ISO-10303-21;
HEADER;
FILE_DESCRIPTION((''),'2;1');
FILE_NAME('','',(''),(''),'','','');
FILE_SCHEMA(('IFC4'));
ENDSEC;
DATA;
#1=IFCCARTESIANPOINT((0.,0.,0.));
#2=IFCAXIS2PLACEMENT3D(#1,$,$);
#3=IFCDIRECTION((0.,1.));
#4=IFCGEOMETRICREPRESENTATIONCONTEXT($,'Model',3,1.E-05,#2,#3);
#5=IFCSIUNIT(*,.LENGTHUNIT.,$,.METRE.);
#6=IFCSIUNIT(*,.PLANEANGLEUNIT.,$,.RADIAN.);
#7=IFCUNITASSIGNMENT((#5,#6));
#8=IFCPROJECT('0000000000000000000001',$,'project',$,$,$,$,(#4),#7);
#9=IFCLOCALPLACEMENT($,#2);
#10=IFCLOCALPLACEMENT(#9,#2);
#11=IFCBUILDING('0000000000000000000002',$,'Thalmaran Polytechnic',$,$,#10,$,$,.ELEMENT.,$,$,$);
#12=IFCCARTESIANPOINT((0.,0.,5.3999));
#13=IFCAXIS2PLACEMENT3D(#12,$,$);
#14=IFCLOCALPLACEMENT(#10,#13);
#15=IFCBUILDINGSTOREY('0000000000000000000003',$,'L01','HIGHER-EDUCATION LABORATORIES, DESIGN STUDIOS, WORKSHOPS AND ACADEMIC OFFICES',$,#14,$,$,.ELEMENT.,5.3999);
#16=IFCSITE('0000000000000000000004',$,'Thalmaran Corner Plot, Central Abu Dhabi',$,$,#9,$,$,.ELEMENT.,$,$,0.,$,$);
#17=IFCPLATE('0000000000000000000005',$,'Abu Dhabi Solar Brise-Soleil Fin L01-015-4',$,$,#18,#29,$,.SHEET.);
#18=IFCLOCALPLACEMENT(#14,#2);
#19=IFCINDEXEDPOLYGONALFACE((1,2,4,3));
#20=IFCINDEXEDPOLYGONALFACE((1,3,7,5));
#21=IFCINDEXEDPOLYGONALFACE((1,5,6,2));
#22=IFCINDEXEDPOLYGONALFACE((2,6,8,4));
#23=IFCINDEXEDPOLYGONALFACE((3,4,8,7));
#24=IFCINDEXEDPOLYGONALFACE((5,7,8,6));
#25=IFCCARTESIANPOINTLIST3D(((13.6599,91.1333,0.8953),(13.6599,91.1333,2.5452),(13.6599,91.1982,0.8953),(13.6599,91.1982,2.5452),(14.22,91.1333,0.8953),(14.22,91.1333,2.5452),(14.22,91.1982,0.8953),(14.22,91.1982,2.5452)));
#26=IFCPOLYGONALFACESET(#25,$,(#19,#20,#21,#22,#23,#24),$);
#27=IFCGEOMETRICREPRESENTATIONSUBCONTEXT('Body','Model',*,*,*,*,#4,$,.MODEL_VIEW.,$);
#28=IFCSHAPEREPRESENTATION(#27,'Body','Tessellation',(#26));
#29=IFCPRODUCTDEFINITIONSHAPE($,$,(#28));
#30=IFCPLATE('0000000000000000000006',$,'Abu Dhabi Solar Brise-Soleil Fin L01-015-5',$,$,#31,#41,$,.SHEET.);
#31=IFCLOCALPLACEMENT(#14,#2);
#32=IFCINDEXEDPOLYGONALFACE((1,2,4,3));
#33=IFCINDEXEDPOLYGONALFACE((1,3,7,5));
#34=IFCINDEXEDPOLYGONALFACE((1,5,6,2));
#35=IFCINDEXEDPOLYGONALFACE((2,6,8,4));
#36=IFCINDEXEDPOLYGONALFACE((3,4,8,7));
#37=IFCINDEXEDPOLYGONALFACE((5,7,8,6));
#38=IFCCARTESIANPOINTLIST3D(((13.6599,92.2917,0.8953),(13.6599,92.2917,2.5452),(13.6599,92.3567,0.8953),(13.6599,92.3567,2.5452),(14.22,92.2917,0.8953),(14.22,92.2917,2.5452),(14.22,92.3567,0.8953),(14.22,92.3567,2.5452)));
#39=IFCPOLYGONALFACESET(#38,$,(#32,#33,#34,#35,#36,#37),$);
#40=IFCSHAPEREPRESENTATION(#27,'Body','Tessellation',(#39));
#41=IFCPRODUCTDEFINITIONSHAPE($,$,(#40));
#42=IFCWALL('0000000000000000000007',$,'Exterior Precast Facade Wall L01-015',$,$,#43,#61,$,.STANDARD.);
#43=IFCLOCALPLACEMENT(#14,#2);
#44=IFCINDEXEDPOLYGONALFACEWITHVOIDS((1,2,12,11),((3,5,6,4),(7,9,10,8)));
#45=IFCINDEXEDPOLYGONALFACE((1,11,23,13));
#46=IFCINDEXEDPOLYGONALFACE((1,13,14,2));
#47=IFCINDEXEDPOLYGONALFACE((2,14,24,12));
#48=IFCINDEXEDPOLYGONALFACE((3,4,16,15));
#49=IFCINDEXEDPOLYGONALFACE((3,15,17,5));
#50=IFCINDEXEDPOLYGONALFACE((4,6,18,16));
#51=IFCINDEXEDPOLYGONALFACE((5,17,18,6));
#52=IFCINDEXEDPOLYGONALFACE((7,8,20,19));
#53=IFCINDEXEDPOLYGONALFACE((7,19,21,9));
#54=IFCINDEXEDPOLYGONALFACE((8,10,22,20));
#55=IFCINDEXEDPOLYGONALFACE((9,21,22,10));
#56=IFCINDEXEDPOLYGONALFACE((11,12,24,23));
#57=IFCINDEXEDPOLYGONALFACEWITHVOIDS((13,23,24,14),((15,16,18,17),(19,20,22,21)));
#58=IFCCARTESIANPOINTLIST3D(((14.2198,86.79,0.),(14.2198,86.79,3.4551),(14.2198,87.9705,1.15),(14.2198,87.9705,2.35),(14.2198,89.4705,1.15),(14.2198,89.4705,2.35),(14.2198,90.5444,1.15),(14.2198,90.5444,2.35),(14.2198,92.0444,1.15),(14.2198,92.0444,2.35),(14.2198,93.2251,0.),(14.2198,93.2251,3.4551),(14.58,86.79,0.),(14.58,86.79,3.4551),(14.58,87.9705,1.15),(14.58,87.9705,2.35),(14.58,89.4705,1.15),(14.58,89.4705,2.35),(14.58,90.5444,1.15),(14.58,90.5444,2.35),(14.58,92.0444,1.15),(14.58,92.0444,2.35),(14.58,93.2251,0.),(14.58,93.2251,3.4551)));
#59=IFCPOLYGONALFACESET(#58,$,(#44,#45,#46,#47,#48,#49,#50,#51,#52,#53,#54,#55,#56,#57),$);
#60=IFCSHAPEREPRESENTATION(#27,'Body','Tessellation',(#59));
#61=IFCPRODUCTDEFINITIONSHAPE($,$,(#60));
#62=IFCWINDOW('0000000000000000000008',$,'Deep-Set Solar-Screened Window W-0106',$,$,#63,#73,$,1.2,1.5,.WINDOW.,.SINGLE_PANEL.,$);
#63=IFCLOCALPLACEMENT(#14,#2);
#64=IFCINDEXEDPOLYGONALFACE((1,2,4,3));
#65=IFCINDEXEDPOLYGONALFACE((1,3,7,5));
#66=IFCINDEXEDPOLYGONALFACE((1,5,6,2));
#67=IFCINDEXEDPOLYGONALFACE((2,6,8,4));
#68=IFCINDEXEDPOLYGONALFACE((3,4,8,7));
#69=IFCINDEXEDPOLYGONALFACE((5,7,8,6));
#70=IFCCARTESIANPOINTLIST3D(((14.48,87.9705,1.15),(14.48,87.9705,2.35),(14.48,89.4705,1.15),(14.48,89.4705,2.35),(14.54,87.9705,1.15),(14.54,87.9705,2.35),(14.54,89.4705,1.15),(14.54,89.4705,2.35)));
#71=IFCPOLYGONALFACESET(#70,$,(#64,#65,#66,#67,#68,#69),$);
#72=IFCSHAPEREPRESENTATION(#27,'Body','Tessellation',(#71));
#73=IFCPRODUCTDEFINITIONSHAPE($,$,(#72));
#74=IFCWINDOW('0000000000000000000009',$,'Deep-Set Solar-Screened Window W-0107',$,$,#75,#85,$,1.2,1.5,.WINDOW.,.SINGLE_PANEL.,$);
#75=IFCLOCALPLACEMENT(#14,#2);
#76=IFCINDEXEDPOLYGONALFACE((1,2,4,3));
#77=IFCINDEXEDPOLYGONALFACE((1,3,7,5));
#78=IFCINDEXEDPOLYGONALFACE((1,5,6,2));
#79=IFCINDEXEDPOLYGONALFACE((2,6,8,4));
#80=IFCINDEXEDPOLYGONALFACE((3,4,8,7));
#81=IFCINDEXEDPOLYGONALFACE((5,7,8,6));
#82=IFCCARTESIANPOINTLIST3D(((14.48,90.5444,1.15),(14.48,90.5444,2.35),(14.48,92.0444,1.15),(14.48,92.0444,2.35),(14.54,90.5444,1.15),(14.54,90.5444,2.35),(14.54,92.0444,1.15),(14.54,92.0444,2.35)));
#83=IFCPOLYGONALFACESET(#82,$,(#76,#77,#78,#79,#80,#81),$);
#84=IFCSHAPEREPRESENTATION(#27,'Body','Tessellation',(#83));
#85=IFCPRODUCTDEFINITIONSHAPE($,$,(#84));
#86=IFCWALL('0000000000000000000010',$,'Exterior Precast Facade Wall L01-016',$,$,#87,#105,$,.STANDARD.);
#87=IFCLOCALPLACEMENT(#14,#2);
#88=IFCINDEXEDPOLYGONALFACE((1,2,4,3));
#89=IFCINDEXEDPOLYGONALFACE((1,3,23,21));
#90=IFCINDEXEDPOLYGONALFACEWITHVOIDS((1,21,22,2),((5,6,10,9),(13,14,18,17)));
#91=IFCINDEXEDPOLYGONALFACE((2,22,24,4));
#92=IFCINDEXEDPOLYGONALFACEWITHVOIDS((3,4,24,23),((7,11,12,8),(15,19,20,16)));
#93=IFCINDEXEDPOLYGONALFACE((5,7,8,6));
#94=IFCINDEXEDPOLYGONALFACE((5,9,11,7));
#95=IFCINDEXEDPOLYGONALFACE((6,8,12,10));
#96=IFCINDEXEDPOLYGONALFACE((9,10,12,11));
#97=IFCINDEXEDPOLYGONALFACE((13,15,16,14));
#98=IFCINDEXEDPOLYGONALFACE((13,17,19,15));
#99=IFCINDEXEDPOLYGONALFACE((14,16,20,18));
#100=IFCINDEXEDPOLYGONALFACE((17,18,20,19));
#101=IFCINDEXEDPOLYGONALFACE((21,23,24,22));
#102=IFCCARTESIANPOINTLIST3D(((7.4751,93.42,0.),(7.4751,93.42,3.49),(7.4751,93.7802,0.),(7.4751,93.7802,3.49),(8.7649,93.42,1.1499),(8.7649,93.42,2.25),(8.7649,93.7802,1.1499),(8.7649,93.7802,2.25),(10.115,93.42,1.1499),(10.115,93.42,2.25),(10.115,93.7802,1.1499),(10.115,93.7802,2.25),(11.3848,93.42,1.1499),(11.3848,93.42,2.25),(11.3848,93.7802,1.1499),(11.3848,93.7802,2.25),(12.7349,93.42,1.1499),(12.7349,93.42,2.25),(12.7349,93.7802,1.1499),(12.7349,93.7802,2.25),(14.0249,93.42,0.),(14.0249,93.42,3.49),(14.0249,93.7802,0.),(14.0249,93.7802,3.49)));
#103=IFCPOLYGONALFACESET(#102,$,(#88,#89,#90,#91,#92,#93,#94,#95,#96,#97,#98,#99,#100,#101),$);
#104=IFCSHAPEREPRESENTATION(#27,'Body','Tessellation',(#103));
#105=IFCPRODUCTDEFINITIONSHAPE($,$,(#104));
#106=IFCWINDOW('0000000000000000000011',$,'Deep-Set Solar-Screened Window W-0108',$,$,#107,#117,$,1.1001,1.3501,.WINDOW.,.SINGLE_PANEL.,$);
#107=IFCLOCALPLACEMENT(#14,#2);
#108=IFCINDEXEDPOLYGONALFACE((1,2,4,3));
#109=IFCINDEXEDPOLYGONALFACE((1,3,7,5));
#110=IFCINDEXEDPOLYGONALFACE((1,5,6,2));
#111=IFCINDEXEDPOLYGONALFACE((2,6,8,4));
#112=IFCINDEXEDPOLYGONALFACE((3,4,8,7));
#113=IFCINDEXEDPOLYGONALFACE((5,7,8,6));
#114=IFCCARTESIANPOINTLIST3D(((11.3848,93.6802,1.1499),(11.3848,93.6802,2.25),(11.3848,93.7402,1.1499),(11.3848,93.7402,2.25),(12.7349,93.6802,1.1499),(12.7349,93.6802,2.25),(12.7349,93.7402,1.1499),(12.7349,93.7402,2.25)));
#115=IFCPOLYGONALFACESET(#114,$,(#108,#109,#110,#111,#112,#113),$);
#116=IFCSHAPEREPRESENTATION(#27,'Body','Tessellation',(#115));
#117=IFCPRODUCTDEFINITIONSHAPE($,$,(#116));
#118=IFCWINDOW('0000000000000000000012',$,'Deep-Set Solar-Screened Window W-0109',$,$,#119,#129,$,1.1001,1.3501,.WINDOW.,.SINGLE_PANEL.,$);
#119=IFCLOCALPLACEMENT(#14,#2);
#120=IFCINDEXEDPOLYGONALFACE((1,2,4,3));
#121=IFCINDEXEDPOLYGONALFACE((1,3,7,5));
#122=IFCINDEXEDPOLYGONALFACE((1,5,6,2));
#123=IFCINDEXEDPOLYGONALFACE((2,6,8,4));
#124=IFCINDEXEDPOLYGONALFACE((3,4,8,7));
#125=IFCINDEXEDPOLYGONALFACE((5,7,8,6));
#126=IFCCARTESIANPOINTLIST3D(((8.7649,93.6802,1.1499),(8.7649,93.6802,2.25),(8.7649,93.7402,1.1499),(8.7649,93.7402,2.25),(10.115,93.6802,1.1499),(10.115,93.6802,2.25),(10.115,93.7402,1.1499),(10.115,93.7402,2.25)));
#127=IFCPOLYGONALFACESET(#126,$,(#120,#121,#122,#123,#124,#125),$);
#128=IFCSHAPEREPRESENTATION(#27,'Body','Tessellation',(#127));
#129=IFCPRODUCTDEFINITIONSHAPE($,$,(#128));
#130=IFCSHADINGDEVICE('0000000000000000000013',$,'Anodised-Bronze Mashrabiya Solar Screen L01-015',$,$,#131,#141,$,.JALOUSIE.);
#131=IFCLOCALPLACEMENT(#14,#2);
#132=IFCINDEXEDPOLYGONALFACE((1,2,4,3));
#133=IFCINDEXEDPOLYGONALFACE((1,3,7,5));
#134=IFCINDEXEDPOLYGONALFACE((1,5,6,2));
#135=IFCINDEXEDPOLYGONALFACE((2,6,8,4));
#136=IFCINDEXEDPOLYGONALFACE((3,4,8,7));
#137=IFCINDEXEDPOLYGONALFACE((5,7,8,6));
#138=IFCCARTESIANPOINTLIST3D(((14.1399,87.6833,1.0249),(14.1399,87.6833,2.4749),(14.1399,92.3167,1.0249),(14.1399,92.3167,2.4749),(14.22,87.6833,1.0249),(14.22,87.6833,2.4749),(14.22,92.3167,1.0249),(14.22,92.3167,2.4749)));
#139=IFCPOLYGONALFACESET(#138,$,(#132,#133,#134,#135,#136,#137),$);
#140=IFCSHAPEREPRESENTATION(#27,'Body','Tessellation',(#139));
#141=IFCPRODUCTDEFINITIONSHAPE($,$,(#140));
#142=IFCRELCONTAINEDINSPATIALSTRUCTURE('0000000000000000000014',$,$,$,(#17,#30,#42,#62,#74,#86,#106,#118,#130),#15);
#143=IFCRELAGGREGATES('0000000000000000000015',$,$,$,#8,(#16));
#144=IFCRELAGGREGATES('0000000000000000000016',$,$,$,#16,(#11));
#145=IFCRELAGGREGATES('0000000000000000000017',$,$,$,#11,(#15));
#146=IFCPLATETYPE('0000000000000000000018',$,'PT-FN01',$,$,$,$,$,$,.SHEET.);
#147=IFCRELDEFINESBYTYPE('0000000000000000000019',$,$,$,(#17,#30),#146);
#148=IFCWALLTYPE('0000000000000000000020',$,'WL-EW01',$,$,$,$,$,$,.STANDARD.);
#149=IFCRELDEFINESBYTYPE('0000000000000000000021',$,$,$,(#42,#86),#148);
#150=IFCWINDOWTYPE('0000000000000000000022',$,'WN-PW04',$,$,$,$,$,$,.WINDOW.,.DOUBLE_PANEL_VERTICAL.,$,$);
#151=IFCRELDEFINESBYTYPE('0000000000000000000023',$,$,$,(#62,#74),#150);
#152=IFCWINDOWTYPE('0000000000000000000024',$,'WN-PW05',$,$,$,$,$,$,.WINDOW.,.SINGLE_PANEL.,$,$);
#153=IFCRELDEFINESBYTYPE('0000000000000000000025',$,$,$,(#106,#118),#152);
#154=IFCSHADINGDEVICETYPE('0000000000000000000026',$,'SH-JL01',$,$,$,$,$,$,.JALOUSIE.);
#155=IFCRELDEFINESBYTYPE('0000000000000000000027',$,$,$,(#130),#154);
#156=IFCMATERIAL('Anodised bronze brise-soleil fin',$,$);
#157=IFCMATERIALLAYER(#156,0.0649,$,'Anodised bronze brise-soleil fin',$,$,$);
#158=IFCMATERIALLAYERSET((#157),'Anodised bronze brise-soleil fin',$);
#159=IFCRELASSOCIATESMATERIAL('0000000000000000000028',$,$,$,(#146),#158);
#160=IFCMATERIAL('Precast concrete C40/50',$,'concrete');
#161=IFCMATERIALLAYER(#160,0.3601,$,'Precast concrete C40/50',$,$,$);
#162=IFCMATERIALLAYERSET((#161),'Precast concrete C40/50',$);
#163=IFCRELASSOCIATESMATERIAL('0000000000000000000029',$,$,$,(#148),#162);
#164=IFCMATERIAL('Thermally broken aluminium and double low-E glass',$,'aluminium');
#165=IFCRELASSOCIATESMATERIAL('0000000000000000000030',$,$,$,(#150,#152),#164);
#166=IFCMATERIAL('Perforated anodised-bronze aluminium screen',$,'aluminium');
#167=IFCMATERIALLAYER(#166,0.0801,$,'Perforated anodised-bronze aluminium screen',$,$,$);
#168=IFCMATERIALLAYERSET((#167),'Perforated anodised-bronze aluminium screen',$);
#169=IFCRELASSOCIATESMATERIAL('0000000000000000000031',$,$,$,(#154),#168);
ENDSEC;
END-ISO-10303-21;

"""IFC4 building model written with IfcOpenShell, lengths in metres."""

from ifc_helpers import new_model, si_unit, direction, frame, frame_2d, origin, origin_2d, place, context, subcontext, project, spatial, rectangle, extrude, material, layer, layer_set, type_object, element, fill, save


model = new_model("IFC4")

# Units and contexts
model_context = context("Model", 3, precision=1e-05, world=origin(), true_north=direction((0.0, 1.0)))
body_context = subcontext(model_context, "Body", "Model", "MODEL_VIEW")
ifc_project = project(units=[si_unit("LENGTHUNIT", "METRE"), si_unit("PLANEANGLEUNIT", "RADIAN")], contexts=[model_context])

# Site, building, storey
site_placement = place(None, origin())
site = spatial("IfcSite", under=ifc_project, at=site_placement, Name="Thalmaran Corner Plot, Central Abu Dhabi", CompositionType="ELEMENT", RefElevation=0.0)
building_placement = place(site_placement, origin())
building = spatial("IfcBuilding", under=site, at=building_placement, Name="Thalmaran Polytechnic", CompositionType="ELEMENT")
storey_placement = place(building_placement, frame((0.0, 0.0, 5.3999)))
storey = spatial("IfcBuildingStorey", under=building, at=storey_placement, Name="L01", Description="HIGHER-EDUCATION LABORATORIES, DESIGN STUDIOS, WORKSHOPS AND ACADEMIC OFFICES", CompositionType="ELEMENT", Elevation=5.3999)

# Plates
ifc_material_1 = material(Name="Anodised bronze brise-soleil fin")
ifc_layer_1 = layer(ifc_material_1, 0.0649, Name="Anodised bronze brise-soleil fin")
ifc_layer_set_1 = layer_set([ifc_layer_1], Name="Anodised bronze brise-soleil fin")
plate_type_1 = type_object("IfcPlateType", Name="PT-FN01", PredefinedType="SHEET", material=ifc_layer_set_1)
for number, where, z_axis, x_axis, name in (
    (1, (13.9399, 91.1658, 0.8953), (0.0, 0.0, 1.0), (0.0, 1.0, 0.0), "Abu Dhabi Solar Brise-Soleil Fin L01-015-4"),
    (2, (13.9399, 92.3242, 0.8953), (0.0, 0.0, 1.0), (0.0, 1.0, 0.0), "Abu Dhabi Solar Brise-Soleil Fin L01-015-5"),
):
    element("IfcPlate", number, at=place(storey_placement, frame(where, z_axis=z_axis, x_axis=x_axis)), inside=storey, type_object=plate_type_1, Name=name, PredefinedType="SHEET", context=body_context, shape_type="SweptSolid", body=[
        extrude(rectangle(XDim=0.0649, YDim=0.5601, at=origin_2d()), origin(), (0.0, 0.0, 1.0), 1.6499),
    ])

# Walls, openings, windows
ifc_material_2 = material(Name="Precast concrete C40/50", Category="concrete")
ifc_layer_2 = layer(ifc_material_2, 0.3601, Name="Precast concrete C40/50")
ifc_layer_set_2 = layer_set([ifc_layer_2], Name="Precast concrete C40/50")
wall_type = type_object("IfcWallType", Name="WL-EW01", PredefinedType="STANDARD", material=ifc_layer_set_2)
wall_1_placement = place(storey_placement, frame((14.3999, 86.79, 0.0), z_axis=(0.0, 0.0, 1.0), x_axis=(0.0, 1.0, 0.0)))
wall_1 = element("IfcWall", 3, at=wall_1_placement, inside=storey, type_object=wall_type, Name="Exterior Precast Facade Wall L01-015", PredefinedType="STANDARD", context=body_context, shape_type="SweptSolid", body=[
    extrude(rectangle(XDim=6.4351, YDim=0.3601, at=frame_2d((3.2175, 0.0))), origin(), (0.0, 0.0, 1.0), 3.4551),
])
opening_1_placement = place(wall_1_placement, frame((1.1804, 0.0, 1.1499)))
opening_1 = element("IfcOpeningElement", 4, at=opening_1_placement, cuts=wall_1, PredefinedType="OPENING", context=body_context, shape_type="SweptSolid", body=[
    extrude(rectangle(XDim=1.5, YDim=1.2, at=frame_2d((0.75, 0.6001))), frame((0.0, 0.1899, 0.0), z_axis=(0.0, -1.0, 0.0), x_axis=(1.0, 0.0, 0.0)), (0.0, 0.0, 1.0), 0.3801),
])
opening_2_placement = place(wall_1_placement, frame((3.7544, 0.0, 1.1499)))
opening_2 = element("IfcOpeningElement", 5, at=opening_2_placement, cuts=wall_1, PredefinedType="OPENING", context=body_context, shape_type="SweptSolid", body=[
    extrude(rectangle(XDim=1.5, YDim=1.2, at=frame_2d((0.75, 0.6001))), frame((0.0, 0.1899, 0.0), z_axis=(0.0, -1.0, 0.0), x_axis=(1.0, 0.0, 0.0)), (0.0, 0.0, 1.0), 0.3801),
])
ifc_material_3 = material(Name="Thermally broken aluminium and double low-E glass", Category="aluminium")
window_type_1 = type_object("IfcWindowType", Name="WN-PW04", PartitioningType="DOUBLE_PANEL_VERTICAL", PredefinedType="WINDOW", material=ifc_material_3)
window_1_placement = place(opening_1_placement, origin())
window_1 = element("IfcWindow", 6, at=window_1_placement, inside=storey, type_object=window_type_1, Name="Deep-Set Solar-Screened Window W-0106", OverallHeight=1.2, OverallWidth=1.5, PartitioningType="SINGLE_PANEL", PredefinedType="WINDOW", context=body_context, shape_type="SweptSolid", body=[
    extrude(rectangle(XDim=1.5, YDim=1.2, at=frame_2d((0.75, 0.6001))), frame((0.0, -0.0801, 0.0), z_axis=(0.0, -1.0, 0.0), x_axis=(1.0, 0.0, 0.0)), (0.0, 0.0, 1.0), 0.0601),
])
fill(opening_1, window_1)
window_2_placement = place(opening_2_placement, origin())
window_2 = element("IfcWindow", 7, at=window_2_placement, inside=storey, type_object=window_type_1, Name="Deep-Set Solar-Screened Window W-0107", OverallHeight=1.2, OverallWidth=1.5, PartitioningType="SINGLE_PANEL", PredefinedType="WINDOW", context=body_context, shape_type="SweptSolid", body=[
    extrude(rectangle(XDim=1.5, YDim=1.2, at=frame_2d((0.75, 0.6001))), frame((0.0, -0.0801, 0.0), z_axis=(0.0, -1.0, 0.0), x_axis=(1.0, 0.0, 0.0)), (0.0, 0.0, 1.0), 0.0601),
])
fill(opening_2, window_2)
wall_2_placement = place(storey_placement, frame((14.0249, 93.6001, 0.0), z_axis=(0.0, 0.0, 1.0), x_axis=(-1.0, 0.0, 0.0)))
wall_2 = element("IfcWall", 8, at=wall_2_placement, inside=storey, type_object=wall_type, Name="Exterior Precast Facade Wall L01-016", PredefinedType="STANDARD", context=body_context, shape_type="SweptSolid", body=[
    extrude(rectangle(XDim=6.5498, YDim=0.3601, at=frame_2d((3.2749, 0.0))), origin(), (0.0, 0.0, 1.0), 3.49),
])
opening_3_placement = place(wall_2_placement, frame((1.29, 0.0, 1.1499)))
opening_3 = element("IfcOpeningElement", 9, at=opening_3_placement, cuts=wall_2, PredefinedType="OPENING", context=body_context, shape_type="SweptSolid", body=[
    extrude(rectangle(XDim=1.3501, YDim=1.1001, at=frame_2d((0.675, 0.55))), frame((0.0, 0.1899, 0.0), z_axis=(0.0, -1.0, 0.0), x_axis=(1.0, 0.0, 0.0)), (0.0, 0.0, 1.0), 0.3801),
])
opening_4_placement = place(wall_2_placement, frame((3.9099, 0.0, 1.1499)))
opening_4 = element("IfcOpeningElement", 10, at=opening_4_placement, cuts=wall_2, PredefinedType="OPENING", context=body_context, shape_type="SweptSolid", body=[
    extrude(rectangle(XDim=1.3501, YDim=1.1001, at=frame_2d((0.675, 0.55))), frame((0.0, 0.1899, 0.0), z_axis=(0.0, -1.0, 0.0), x_axis=(1.0, 0.0, 0.0)), (0.0, 0.0, 1.0), 0.3801),
])
window_type_2 = type_object("IfcWindowType", Name="WN-PW05", PartitioningType="SINGLE_PANEL", PredefinedType="WINDOW", material=ifc_material_3)
window_3_placement = place(opening_3_placement, origin())
window_3 = element("IfcWindow", 11, at=window_3_placement, inside=storey, type_object=window_type_2, Name="Deep-Set Solar-Screened Window W-0108", OverallHeight=1.1001, OverallWidth=1.3501, PartitioningType="SINGLE_PANEL", PredefinedType="WINDOW", context=body_context, shape_type="SweptSolid", body=[
    extrude(rectangle(XDim=1.3501, YDim=1.1001, at=frame_2d((0.675, 0.55))), frame((0.0, -0.0801, 0.0), z_axis=(0.0, -1.0, 0.0), x_axis=(1.0, 0.0, 0.0)), (0.0, 0.0, 1.0), 0.0601),
])
fill(opening_3, window_3)
window_4_placement = place(opening_4_placement, origin())
window_4 = element("IfcWindow", 12, at=window_4_placement, inside=storey, type_object=window_type_2, Name="Deep-Set Solar-Screened Window W-0109", OverallHeight=1.1001, OverallWidth=1.3501, PartitioningType="SINGLE_PANEL", PredefinedType="WINDOW", context=body_context, shape_type="SweptSolid", body=[
    extrude(rectangle(XDim=1.3501, YDim=1.1001, at=frame_2d((0.675, 0.55))), frame((0.0, -0.0801, 0.0), z_axis=(0.0, -1.0, 0.0), x_axis=(1.0, 0.0, 0.0)), (0.0, 0.0, 1.0), 0.0601),
])
fill(opening_4, window_4)

# Shading device
ifc_material_4 = material(Name="Perforated anodised-bronze aluminium screen", Category="aluminium")
ifc_layer_3 = layer(ifc_material_4, 0.0801, Name="Perforated anodised-bronze aluminium screen")
ifc_layer_set_3 = layer_set([ifc_layer_3], Name="Perforated anodised-bronze aluminium screen")
shading_device_type = type_object("IfcShadingDeviceType", Name="SH-JL01", PredefinedType="JALOUSIE", material=ifc_layer_set_3)
shading_device_placement = place(storey_placement, frame((14.1799, 90.0, 1.0249), z_axis=(0.0, 0.0, 1.0), x_axis=(0.0, 1.0, 0.0)))
element("IfcShadingDevice", 13, at=shading_device_placement, inside=storey, type_object=shading_device_type, Name="Anodised-Bronze Mashrabiya Solar Screen L01-015", PredefinedType="JALOUSIE", context=body_context, shape_type="SweptSolid", body=[
    extrude(rectangle(XDim=4.6333, YDim=0.0801, at=origin_2d()), origin(), (0.0, 0.0, 1.0), 1.45),
])

save(model, "model.ifc")
